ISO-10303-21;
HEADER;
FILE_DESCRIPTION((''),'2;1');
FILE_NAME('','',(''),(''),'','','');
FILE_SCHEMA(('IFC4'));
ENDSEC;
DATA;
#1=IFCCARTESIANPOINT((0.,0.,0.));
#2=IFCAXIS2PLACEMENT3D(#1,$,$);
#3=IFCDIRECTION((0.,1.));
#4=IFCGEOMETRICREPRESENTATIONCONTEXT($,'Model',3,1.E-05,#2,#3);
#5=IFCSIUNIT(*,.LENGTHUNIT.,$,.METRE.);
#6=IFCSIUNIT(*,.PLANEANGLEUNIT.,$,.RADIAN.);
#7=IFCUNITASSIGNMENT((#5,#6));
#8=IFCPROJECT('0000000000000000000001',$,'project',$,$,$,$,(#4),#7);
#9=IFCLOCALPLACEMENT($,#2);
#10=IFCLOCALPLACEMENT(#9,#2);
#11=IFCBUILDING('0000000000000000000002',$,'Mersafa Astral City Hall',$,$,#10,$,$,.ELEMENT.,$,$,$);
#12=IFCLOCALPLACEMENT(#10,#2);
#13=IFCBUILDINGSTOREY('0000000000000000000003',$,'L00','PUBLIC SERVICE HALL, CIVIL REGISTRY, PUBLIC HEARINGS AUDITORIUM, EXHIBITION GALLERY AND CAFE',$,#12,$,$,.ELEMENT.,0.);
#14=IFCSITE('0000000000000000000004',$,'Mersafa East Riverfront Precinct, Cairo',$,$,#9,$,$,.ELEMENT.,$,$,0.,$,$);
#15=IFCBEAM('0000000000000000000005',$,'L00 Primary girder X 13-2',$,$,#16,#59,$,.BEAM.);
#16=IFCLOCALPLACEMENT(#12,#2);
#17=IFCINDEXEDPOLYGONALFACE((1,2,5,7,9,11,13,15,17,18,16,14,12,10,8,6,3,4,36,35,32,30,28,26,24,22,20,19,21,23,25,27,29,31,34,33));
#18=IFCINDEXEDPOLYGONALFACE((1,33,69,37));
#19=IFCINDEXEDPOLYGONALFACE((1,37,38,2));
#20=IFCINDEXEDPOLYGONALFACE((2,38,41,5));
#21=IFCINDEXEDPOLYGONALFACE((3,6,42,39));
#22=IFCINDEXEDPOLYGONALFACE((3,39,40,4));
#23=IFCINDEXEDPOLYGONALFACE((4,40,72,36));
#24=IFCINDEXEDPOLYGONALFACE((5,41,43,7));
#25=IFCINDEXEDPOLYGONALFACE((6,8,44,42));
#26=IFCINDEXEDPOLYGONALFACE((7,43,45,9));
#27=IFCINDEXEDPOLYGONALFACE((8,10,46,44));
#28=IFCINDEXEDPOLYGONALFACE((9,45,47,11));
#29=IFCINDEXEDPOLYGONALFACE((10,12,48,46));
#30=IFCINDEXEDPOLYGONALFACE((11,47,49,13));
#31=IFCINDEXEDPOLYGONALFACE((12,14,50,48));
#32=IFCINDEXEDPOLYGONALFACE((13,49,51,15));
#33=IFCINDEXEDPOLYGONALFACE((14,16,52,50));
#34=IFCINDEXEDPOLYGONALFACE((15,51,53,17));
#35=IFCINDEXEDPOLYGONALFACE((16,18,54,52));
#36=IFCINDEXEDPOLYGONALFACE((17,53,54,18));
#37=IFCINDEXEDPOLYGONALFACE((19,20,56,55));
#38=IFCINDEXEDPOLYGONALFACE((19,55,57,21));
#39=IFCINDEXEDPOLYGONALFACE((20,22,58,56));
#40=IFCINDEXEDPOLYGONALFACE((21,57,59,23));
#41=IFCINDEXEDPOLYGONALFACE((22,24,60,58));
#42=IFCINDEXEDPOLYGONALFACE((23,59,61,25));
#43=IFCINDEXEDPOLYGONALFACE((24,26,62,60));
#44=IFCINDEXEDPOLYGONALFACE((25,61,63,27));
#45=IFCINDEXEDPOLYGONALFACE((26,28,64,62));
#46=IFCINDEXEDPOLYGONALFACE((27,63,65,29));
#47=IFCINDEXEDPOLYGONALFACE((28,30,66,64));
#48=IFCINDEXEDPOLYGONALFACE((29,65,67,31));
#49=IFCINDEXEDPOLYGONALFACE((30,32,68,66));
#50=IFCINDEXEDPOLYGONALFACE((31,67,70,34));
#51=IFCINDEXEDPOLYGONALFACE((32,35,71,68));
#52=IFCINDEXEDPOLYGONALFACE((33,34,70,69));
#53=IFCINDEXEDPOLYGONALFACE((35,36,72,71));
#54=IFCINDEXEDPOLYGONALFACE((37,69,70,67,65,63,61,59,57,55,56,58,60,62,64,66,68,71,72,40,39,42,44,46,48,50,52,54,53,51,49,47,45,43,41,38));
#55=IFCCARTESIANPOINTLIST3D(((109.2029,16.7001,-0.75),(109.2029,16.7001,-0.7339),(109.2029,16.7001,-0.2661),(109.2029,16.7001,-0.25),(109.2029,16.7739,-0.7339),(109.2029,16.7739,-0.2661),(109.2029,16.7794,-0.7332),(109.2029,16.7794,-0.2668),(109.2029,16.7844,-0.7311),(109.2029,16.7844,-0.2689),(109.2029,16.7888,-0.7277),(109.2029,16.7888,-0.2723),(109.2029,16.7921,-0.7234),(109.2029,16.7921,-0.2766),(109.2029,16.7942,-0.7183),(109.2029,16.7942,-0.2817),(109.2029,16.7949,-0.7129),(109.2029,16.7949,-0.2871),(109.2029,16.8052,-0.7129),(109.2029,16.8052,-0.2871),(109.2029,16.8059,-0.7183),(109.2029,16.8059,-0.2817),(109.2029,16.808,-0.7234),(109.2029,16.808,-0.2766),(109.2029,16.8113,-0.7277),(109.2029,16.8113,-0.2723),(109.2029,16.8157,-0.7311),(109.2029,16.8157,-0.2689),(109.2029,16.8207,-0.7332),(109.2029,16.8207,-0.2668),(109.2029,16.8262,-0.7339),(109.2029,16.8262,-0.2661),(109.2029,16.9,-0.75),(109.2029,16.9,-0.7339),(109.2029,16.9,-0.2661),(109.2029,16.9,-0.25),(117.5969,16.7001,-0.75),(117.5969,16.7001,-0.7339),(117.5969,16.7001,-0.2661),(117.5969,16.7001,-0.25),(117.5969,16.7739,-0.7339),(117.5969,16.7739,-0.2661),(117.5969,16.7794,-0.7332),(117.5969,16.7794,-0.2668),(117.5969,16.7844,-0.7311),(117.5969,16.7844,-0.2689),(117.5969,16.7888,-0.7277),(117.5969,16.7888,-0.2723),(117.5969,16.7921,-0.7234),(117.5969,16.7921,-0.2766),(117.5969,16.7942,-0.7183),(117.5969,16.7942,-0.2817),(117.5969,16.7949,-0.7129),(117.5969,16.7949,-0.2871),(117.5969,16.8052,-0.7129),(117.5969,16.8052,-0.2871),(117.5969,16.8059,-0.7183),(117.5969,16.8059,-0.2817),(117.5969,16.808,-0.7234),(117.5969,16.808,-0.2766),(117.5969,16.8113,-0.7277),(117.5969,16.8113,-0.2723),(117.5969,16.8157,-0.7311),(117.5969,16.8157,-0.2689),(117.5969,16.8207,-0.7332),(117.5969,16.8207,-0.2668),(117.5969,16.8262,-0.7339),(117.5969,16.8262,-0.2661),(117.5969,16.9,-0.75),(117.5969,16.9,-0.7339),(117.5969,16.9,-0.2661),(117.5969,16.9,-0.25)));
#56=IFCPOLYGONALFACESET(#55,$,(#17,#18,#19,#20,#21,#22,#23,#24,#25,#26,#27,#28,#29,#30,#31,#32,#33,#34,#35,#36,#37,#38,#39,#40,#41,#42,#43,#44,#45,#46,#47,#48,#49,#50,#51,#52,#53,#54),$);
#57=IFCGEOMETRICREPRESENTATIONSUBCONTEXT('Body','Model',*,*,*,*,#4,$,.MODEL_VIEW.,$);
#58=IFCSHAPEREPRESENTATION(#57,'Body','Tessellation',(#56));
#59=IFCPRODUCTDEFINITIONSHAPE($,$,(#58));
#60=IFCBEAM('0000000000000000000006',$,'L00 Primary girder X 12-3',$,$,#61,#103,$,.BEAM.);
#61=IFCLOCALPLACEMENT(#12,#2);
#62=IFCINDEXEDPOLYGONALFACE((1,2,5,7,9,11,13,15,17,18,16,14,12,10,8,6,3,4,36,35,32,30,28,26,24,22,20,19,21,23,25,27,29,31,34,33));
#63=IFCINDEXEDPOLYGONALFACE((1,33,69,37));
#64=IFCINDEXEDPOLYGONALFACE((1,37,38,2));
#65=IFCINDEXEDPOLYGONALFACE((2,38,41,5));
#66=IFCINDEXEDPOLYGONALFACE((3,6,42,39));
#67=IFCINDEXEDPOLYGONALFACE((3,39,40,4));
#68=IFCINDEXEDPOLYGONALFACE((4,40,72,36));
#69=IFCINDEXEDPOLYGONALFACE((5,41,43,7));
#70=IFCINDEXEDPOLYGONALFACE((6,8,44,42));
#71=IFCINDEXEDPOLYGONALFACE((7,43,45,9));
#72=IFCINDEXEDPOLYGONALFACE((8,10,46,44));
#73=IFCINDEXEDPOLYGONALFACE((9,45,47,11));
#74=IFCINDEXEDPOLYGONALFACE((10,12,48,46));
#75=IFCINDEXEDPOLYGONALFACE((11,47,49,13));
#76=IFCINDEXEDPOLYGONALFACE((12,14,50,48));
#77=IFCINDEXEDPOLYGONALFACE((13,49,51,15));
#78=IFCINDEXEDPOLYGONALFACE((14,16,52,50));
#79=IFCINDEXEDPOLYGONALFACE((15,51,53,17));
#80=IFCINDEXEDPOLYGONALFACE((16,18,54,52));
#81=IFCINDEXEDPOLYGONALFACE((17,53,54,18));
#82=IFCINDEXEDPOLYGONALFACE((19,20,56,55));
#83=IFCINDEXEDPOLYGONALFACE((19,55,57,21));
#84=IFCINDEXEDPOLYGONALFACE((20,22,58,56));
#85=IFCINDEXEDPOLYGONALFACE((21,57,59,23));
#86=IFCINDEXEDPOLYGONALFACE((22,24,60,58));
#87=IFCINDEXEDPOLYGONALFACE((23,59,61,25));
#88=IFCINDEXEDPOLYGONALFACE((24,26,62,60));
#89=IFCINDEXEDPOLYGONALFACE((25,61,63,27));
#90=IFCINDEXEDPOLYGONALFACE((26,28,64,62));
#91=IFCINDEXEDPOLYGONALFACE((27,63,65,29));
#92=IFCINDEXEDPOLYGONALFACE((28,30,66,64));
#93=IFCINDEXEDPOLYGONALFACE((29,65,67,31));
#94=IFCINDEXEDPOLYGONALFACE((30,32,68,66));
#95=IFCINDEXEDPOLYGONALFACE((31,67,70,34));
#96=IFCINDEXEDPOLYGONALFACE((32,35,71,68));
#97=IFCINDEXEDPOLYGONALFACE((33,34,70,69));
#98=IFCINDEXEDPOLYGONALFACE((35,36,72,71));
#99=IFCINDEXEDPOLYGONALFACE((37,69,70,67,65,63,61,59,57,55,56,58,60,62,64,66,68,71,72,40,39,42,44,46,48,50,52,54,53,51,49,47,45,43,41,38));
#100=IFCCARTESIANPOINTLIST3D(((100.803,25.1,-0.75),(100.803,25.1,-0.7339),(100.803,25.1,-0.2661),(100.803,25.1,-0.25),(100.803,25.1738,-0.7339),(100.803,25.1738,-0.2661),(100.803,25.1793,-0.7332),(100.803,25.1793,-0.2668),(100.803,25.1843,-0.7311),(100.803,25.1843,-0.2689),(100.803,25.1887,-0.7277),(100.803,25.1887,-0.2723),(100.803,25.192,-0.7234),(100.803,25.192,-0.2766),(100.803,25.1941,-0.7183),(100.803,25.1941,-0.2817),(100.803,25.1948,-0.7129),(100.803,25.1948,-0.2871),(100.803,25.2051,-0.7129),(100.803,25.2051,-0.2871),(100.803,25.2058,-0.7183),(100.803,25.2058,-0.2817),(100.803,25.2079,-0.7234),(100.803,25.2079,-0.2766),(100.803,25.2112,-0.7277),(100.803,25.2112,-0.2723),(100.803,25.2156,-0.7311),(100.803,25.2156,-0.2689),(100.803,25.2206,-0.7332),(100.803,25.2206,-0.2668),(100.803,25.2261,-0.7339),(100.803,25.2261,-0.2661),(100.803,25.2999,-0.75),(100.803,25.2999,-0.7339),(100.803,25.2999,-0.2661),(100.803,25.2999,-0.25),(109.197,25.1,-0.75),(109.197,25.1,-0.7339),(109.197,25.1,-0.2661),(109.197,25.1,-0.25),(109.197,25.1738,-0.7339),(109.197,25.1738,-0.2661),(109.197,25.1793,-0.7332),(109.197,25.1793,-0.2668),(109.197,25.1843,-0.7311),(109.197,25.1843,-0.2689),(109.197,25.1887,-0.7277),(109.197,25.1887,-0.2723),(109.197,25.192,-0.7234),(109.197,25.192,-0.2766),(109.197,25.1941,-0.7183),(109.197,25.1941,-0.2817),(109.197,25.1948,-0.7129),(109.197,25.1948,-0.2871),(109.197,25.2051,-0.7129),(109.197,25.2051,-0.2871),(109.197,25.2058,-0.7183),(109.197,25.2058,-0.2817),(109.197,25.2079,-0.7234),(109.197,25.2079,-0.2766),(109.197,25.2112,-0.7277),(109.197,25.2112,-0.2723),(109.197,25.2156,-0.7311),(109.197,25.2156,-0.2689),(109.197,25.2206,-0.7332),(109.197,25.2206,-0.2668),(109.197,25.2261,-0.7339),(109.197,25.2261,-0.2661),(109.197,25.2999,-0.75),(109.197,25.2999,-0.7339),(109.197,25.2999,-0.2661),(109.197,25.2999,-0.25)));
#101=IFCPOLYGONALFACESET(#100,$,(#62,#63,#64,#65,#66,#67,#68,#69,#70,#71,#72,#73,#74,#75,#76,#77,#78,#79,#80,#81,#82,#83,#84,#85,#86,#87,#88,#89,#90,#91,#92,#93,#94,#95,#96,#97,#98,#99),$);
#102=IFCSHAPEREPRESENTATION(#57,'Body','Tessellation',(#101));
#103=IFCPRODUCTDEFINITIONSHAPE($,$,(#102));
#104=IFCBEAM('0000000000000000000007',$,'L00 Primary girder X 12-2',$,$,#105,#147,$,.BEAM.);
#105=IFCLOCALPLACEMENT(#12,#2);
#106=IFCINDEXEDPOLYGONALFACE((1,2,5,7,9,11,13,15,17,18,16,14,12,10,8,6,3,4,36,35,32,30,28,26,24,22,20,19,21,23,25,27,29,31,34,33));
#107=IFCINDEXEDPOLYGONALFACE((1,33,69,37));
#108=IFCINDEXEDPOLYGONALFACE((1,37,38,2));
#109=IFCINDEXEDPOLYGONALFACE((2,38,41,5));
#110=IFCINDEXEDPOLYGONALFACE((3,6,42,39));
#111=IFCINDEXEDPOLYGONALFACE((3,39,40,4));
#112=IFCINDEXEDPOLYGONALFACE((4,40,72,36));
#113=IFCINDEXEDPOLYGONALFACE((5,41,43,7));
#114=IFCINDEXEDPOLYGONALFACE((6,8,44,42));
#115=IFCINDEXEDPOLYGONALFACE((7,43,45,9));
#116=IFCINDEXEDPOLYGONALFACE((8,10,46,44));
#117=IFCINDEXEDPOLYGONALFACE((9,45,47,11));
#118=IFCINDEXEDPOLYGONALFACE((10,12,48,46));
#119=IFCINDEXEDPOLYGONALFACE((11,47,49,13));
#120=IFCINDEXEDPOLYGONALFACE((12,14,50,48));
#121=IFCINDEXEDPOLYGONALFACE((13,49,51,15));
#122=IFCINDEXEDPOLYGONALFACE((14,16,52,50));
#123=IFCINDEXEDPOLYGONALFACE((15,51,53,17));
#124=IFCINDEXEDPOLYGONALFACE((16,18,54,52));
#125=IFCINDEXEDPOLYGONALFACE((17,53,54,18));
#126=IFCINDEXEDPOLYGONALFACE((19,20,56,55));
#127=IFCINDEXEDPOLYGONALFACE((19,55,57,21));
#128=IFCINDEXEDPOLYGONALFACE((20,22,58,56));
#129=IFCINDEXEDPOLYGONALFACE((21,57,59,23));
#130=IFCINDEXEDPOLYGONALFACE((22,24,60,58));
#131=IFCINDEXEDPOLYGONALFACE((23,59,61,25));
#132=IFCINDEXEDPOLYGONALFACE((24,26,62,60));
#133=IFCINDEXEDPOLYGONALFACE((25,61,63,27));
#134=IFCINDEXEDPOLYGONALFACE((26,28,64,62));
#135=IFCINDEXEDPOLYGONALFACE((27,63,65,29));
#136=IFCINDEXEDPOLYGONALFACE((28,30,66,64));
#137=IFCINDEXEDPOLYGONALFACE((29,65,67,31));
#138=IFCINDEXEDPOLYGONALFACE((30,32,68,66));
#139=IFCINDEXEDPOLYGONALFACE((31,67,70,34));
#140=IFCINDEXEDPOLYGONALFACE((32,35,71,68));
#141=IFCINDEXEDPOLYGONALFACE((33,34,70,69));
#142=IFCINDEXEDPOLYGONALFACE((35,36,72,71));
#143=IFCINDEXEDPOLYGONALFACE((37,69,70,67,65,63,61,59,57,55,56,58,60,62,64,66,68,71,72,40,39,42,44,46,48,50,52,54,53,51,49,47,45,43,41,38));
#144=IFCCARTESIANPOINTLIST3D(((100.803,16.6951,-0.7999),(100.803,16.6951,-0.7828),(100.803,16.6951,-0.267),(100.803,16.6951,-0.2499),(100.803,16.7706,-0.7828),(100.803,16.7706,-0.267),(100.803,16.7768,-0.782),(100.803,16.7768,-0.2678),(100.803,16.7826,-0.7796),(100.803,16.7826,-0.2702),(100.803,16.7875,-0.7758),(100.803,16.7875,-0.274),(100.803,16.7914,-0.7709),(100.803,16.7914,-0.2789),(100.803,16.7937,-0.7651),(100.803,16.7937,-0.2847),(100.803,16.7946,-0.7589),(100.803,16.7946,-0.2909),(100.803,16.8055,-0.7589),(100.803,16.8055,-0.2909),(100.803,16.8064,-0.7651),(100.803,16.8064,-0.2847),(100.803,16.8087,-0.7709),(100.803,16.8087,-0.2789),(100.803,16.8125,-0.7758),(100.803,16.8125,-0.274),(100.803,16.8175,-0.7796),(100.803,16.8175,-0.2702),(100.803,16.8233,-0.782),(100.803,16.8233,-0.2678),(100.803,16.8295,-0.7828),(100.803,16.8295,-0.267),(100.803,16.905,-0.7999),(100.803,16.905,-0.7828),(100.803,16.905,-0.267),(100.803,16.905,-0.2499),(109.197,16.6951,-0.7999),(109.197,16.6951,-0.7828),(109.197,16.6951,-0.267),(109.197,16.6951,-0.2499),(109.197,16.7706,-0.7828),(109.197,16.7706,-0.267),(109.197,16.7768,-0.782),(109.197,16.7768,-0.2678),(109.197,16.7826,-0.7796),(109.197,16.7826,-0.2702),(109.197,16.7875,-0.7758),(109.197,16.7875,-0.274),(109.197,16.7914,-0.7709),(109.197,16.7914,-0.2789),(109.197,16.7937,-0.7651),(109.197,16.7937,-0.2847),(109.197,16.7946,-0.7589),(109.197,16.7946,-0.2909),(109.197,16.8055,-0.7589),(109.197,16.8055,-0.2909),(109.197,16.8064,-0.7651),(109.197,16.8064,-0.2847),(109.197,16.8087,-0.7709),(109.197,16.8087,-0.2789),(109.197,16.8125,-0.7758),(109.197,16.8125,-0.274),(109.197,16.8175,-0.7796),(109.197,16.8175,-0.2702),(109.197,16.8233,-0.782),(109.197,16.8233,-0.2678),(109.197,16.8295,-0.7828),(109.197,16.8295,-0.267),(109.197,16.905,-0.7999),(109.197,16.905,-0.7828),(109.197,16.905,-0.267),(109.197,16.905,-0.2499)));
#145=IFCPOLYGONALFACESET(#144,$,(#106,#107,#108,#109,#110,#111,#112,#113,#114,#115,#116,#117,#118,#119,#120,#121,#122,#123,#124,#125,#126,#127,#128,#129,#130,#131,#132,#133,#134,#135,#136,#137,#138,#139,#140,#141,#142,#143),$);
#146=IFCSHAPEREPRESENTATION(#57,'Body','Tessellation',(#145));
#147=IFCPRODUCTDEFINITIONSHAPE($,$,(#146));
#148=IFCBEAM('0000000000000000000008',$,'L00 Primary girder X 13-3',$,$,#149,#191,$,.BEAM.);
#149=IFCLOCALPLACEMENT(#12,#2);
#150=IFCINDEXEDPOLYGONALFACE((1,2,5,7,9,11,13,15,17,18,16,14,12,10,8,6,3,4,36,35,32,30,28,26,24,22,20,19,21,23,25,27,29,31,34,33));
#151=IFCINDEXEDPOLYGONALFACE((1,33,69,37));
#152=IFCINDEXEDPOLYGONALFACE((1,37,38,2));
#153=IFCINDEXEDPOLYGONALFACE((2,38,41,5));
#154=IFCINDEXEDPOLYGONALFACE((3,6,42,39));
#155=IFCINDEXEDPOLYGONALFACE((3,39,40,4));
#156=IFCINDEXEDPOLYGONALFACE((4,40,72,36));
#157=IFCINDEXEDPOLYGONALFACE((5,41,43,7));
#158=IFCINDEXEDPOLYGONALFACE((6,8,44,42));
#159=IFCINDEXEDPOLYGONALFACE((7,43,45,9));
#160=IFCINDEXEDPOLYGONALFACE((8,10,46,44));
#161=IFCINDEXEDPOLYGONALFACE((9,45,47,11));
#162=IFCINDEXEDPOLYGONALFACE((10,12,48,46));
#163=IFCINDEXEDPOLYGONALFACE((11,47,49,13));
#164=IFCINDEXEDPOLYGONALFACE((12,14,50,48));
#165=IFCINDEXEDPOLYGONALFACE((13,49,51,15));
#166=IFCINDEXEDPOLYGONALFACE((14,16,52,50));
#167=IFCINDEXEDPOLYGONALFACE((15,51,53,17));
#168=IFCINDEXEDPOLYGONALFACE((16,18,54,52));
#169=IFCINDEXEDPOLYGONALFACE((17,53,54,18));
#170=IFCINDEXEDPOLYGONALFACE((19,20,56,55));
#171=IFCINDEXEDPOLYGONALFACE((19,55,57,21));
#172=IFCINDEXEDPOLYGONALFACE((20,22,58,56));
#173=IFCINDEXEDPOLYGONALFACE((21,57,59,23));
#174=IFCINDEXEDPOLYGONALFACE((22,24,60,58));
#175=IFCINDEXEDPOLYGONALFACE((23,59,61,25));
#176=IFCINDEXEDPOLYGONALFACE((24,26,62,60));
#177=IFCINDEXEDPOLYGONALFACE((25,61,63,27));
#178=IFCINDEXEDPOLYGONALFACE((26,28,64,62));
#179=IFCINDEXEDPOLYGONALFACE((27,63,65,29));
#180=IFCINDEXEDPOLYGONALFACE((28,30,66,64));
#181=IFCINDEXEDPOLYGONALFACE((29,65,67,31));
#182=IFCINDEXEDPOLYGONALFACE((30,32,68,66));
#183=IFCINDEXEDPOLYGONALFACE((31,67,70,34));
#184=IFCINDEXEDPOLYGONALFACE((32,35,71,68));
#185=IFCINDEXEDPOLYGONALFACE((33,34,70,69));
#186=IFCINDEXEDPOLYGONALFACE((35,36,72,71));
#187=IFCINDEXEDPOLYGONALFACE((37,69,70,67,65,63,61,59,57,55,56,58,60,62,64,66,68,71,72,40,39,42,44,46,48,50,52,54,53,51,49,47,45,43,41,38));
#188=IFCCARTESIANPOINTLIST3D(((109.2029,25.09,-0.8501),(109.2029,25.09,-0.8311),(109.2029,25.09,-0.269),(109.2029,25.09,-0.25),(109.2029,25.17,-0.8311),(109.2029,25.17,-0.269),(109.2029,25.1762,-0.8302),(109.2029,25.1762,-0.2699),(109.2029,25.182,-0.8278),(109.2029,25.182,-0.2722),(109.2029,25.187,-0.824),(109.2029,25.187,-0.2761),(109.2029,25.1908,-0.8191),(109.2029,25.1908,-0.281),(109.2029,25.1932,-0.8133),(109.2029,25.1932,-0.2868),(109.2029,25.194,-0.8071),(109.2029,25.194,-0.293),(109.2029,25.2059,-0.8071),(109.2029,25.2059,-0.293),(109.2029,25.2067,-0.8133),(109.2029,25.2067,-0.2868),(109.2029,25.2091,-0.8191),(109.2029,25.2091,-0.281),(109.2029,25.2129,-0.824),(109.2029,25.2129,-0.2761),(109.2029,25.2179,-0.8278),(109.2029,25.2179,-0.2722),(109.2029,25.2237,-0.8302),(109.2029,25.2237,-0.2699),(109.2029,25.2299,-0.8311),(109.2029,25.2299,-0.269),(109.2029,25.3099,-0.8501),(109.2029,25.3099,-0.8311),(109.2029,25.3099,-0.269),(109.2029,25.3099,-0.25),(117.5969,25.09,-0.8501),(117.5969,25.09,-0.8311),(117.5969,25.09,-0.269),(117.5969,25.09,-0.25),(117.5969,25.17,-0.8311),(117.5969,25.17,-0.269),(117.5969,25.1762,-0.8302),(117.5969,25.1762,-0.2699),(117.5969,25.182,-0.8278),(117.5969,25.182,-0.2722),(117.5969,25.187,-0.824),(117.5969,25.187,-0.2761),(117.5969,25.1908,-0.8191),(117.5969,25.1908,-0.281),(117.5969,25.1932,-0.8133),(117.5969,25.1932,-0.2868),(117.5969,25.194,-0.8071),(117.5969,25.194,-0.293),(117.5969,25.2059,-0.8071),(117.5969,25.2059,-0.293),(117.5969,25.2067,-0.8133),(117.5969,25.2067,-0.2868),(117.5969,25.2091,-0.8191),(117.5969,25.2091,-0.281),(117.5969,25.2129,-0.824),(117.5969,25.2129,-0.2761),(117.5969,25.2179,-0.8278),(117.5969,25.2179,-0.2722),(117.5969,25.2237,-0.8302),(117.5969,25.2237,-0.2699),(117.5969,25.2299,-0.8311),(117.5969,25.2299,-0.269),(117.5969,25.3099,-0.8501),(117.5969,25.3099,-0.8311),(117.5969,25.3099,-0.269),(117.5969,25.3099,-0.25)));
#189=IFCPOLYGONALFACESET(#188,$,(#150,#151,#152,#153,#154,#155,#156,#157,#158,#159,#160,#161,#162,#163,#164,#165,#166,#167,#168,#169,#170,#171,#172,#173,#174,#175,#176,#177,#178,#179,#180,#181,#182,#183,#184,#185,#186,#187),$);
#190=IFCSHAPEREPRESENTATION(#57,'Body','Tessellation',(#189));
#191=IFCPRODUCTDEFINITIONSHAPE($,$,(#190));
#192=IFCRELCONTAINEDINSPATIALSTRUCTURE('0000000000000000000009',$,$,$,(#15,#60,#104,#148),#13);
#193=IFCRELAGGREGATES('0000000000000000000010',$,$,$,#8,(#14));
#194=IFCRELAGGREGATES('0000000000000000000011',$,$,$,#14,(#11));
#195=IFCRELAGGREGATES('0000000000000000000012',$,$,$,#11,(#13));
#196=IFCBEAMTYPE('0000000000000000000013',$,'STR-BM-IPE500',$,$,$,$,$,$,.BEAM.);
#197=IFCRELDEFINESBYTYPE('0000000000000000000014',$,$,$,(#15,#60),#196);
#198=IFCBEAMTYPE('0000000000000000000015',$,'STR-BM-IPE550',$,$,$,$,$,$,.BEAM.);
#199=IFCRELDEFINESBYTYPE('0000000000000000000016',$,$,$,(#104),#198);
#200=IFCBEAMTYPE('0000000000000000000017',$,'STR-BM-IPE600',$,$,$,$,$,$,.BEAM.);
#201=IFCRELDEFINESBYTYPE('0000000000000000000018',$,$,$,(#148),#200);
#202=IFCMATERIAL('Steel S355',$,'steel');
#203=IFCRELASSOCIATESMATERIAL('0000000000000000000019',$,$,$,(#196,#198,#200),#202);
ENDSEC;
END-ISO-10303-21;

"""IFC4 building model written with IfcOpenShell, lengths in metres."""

from ifc_helpers import new_model, si_unit, direction, frame, origin, origin_2d, place, context, subcontext, project, spatial, i_section, extrude, material, material_profile, profile_set, type_object, element, save


model = new_model("IFC4")

# Units and contexts
model_context = context("Model", 3, precision=1e-05, world=origin(), true_north=direction((0.0, 1.0)))
body_context = subcontext(model_context, "Body", "Model", "MODEL_VIEW")
ifc_project = project(units=[si_unit("LENGTHUNIT", "METRE"), si_unit("PLANEANGLEUNIT", "RADIAN")], contexts=[model_context])

# Site, building, storey
site_placement = place(None, origin())
site = spatial("IfcSite", under=ifc_project, at=site_placement, Name="Mersafa East Riverfront Precinct, Cairo", CompositionType="ELEMENT", RefElevation=0.0)
building_placement = place(site_placement, origin())
building = spatial("IfcBuilding", under=site, at=building_placement, Name="Mersafa Astral City Hall", CompositionType="ELEMENT")
storey_placement = place(building_placement, origin())
storey = spatial("IfcBuildingStorey", under=building, at=storey_placement, Name="L00", Description="PUBLIC SERVICE HALL, CIVIL REGISTRY, PUBLIC HEARINGS AUDITORIUM, EXHIBITION GALLERY AND CAFE", CompositionType="ELEMENT", Elevation=0.0)

# Shared definitions
ifc_material_1 = material(Name="Steel S355", Category="steel")

# Beams
ifc_material_profile_1 = material_profile(ifc_material_1, i_section(OverallWidth=0.2, OverallDepth=0.5, WebThickness=0.0103, FlangeThickness=0.0161, FilletRadius=0.021, at=origin_2d()), Name="IPE 500")
ifc_profile_set_1 = profile_set([ifc_material_profile_1], Name="Steel S355")
beam_type_1 = type_object("IfcBeamType", Name="STR-BM-IPE500", PredefinedType="BEAM", material=ifc_profile_set_1)
for number, where, z_axis, x_axis, name in (
    (1, (109.2029, 16.8, -0.5), (1.0, 0.0, 0.0), (0.0, 1.0, 0.0), "L00 Primary girder X 13-2"),
    (2, (100.803, 25.2, -0.5), (1.0, 0.0, 0.0), (0.0, 1.0, 0.0), "L00 Primary girder X 12-3"),
):
    element("IfcBeam", number, at=place(storey_placement, frame(where, z_axis=z_axis, x_axis=x_axis)), inside=storey, type_object=beam_type_1, Name=name, PredefinedType="BEAM", context=body_context, shape_type="SweptSolid", body=[
        extrude(i_section(OverallWidth=0.2, OverallDepth=0.5, WebThickness=0.0103, FlangeThickness=0.0161, FilletRadius=0.021, at=origin_2d()), origin(), (0.0, 0.0, 1.0), 8.394),
    ])
ifc_material_profile_2 = material_profile(ifc_material_1, i_section(OverallWidth=0.21, OverallDepth=0.55, WebThickness=0.011, FlangeThickness=0.0171, FilletRadius=0.0239, at=origin_2d()), Name="IPE 550")
ifc_profile_set_2 = profile_set([ifc_material_profile_2], Name="Steel S355")
beam_type_2 = type_object("IfcBeamType", Name="STR-BM-IPE550", PredefinedType="BEAM", material=ifc_profile_set_2)
beam_1_placement = place(storey_placement, frame((100.803, 16.8, -0.5249), z_axis=(1.0, 0.0, 0.0), x_axis=(0.0, 1.0, 0.0)))
element("IfcBeam", 3, at=beam_1_placement, inside=storey, type_object=beam_type_2, Name="L00 Primary girder X 12-2", PredefinedType="BEAM", context=body_context, shape_type="SweptSolid", body=[
    extrude(i_section(OverallWidth=0.21, OverallDepth=0.55, WebThickness=0.011, FlangeThickness=0.0171, FilletRadius=0.0239, at=origin_2d()), origin(), (0.0, 0.0, 1.0), 8.394),
])
ifc_material_profile_3 = material_profile(ifc_material_1, i_section(OverallWidth=0.22, OverallDepth=0.6001, WebThickness=0.012, FlangeThickness=0.019, FilletRadius=0.0239, at=origin_2d()), Name="IPE 600")
ifc_profile_set_3 = profile_set([ifc_material_profile_3], Name="Steel S355")
beam_type_3 = type_object("IfcBeamType", Name="STR-BM-IPE600", PredefinedType="BEAM", material=ifc_profile_set_3)
beam_2_placement = place(storey_placement, frame((109.2029, 25.2, -0.55), z_axis=(1.0, 0.0, 0.0), x_axis=(0.0, 1.0, 0.0)))
element("IfcBeam", 4, at=beam_2_placement, inside=storey, type_object=beam_type_3, Name="L00 Primary girder X 13-3", PredefinedType="BEAM", context=body_context, shape_type="SweptSolid", body=[
    extrude(i_section(OverallWidth=0.22, OverallDepth=0.6001, WebThickness=0.012, FlangeThickness=0.019, FilletRadius=0.0239, at=origin_2d()), origin(), (0.0, 0.0, 1.0), 8.394),
])

save(model, "model.ifc")
